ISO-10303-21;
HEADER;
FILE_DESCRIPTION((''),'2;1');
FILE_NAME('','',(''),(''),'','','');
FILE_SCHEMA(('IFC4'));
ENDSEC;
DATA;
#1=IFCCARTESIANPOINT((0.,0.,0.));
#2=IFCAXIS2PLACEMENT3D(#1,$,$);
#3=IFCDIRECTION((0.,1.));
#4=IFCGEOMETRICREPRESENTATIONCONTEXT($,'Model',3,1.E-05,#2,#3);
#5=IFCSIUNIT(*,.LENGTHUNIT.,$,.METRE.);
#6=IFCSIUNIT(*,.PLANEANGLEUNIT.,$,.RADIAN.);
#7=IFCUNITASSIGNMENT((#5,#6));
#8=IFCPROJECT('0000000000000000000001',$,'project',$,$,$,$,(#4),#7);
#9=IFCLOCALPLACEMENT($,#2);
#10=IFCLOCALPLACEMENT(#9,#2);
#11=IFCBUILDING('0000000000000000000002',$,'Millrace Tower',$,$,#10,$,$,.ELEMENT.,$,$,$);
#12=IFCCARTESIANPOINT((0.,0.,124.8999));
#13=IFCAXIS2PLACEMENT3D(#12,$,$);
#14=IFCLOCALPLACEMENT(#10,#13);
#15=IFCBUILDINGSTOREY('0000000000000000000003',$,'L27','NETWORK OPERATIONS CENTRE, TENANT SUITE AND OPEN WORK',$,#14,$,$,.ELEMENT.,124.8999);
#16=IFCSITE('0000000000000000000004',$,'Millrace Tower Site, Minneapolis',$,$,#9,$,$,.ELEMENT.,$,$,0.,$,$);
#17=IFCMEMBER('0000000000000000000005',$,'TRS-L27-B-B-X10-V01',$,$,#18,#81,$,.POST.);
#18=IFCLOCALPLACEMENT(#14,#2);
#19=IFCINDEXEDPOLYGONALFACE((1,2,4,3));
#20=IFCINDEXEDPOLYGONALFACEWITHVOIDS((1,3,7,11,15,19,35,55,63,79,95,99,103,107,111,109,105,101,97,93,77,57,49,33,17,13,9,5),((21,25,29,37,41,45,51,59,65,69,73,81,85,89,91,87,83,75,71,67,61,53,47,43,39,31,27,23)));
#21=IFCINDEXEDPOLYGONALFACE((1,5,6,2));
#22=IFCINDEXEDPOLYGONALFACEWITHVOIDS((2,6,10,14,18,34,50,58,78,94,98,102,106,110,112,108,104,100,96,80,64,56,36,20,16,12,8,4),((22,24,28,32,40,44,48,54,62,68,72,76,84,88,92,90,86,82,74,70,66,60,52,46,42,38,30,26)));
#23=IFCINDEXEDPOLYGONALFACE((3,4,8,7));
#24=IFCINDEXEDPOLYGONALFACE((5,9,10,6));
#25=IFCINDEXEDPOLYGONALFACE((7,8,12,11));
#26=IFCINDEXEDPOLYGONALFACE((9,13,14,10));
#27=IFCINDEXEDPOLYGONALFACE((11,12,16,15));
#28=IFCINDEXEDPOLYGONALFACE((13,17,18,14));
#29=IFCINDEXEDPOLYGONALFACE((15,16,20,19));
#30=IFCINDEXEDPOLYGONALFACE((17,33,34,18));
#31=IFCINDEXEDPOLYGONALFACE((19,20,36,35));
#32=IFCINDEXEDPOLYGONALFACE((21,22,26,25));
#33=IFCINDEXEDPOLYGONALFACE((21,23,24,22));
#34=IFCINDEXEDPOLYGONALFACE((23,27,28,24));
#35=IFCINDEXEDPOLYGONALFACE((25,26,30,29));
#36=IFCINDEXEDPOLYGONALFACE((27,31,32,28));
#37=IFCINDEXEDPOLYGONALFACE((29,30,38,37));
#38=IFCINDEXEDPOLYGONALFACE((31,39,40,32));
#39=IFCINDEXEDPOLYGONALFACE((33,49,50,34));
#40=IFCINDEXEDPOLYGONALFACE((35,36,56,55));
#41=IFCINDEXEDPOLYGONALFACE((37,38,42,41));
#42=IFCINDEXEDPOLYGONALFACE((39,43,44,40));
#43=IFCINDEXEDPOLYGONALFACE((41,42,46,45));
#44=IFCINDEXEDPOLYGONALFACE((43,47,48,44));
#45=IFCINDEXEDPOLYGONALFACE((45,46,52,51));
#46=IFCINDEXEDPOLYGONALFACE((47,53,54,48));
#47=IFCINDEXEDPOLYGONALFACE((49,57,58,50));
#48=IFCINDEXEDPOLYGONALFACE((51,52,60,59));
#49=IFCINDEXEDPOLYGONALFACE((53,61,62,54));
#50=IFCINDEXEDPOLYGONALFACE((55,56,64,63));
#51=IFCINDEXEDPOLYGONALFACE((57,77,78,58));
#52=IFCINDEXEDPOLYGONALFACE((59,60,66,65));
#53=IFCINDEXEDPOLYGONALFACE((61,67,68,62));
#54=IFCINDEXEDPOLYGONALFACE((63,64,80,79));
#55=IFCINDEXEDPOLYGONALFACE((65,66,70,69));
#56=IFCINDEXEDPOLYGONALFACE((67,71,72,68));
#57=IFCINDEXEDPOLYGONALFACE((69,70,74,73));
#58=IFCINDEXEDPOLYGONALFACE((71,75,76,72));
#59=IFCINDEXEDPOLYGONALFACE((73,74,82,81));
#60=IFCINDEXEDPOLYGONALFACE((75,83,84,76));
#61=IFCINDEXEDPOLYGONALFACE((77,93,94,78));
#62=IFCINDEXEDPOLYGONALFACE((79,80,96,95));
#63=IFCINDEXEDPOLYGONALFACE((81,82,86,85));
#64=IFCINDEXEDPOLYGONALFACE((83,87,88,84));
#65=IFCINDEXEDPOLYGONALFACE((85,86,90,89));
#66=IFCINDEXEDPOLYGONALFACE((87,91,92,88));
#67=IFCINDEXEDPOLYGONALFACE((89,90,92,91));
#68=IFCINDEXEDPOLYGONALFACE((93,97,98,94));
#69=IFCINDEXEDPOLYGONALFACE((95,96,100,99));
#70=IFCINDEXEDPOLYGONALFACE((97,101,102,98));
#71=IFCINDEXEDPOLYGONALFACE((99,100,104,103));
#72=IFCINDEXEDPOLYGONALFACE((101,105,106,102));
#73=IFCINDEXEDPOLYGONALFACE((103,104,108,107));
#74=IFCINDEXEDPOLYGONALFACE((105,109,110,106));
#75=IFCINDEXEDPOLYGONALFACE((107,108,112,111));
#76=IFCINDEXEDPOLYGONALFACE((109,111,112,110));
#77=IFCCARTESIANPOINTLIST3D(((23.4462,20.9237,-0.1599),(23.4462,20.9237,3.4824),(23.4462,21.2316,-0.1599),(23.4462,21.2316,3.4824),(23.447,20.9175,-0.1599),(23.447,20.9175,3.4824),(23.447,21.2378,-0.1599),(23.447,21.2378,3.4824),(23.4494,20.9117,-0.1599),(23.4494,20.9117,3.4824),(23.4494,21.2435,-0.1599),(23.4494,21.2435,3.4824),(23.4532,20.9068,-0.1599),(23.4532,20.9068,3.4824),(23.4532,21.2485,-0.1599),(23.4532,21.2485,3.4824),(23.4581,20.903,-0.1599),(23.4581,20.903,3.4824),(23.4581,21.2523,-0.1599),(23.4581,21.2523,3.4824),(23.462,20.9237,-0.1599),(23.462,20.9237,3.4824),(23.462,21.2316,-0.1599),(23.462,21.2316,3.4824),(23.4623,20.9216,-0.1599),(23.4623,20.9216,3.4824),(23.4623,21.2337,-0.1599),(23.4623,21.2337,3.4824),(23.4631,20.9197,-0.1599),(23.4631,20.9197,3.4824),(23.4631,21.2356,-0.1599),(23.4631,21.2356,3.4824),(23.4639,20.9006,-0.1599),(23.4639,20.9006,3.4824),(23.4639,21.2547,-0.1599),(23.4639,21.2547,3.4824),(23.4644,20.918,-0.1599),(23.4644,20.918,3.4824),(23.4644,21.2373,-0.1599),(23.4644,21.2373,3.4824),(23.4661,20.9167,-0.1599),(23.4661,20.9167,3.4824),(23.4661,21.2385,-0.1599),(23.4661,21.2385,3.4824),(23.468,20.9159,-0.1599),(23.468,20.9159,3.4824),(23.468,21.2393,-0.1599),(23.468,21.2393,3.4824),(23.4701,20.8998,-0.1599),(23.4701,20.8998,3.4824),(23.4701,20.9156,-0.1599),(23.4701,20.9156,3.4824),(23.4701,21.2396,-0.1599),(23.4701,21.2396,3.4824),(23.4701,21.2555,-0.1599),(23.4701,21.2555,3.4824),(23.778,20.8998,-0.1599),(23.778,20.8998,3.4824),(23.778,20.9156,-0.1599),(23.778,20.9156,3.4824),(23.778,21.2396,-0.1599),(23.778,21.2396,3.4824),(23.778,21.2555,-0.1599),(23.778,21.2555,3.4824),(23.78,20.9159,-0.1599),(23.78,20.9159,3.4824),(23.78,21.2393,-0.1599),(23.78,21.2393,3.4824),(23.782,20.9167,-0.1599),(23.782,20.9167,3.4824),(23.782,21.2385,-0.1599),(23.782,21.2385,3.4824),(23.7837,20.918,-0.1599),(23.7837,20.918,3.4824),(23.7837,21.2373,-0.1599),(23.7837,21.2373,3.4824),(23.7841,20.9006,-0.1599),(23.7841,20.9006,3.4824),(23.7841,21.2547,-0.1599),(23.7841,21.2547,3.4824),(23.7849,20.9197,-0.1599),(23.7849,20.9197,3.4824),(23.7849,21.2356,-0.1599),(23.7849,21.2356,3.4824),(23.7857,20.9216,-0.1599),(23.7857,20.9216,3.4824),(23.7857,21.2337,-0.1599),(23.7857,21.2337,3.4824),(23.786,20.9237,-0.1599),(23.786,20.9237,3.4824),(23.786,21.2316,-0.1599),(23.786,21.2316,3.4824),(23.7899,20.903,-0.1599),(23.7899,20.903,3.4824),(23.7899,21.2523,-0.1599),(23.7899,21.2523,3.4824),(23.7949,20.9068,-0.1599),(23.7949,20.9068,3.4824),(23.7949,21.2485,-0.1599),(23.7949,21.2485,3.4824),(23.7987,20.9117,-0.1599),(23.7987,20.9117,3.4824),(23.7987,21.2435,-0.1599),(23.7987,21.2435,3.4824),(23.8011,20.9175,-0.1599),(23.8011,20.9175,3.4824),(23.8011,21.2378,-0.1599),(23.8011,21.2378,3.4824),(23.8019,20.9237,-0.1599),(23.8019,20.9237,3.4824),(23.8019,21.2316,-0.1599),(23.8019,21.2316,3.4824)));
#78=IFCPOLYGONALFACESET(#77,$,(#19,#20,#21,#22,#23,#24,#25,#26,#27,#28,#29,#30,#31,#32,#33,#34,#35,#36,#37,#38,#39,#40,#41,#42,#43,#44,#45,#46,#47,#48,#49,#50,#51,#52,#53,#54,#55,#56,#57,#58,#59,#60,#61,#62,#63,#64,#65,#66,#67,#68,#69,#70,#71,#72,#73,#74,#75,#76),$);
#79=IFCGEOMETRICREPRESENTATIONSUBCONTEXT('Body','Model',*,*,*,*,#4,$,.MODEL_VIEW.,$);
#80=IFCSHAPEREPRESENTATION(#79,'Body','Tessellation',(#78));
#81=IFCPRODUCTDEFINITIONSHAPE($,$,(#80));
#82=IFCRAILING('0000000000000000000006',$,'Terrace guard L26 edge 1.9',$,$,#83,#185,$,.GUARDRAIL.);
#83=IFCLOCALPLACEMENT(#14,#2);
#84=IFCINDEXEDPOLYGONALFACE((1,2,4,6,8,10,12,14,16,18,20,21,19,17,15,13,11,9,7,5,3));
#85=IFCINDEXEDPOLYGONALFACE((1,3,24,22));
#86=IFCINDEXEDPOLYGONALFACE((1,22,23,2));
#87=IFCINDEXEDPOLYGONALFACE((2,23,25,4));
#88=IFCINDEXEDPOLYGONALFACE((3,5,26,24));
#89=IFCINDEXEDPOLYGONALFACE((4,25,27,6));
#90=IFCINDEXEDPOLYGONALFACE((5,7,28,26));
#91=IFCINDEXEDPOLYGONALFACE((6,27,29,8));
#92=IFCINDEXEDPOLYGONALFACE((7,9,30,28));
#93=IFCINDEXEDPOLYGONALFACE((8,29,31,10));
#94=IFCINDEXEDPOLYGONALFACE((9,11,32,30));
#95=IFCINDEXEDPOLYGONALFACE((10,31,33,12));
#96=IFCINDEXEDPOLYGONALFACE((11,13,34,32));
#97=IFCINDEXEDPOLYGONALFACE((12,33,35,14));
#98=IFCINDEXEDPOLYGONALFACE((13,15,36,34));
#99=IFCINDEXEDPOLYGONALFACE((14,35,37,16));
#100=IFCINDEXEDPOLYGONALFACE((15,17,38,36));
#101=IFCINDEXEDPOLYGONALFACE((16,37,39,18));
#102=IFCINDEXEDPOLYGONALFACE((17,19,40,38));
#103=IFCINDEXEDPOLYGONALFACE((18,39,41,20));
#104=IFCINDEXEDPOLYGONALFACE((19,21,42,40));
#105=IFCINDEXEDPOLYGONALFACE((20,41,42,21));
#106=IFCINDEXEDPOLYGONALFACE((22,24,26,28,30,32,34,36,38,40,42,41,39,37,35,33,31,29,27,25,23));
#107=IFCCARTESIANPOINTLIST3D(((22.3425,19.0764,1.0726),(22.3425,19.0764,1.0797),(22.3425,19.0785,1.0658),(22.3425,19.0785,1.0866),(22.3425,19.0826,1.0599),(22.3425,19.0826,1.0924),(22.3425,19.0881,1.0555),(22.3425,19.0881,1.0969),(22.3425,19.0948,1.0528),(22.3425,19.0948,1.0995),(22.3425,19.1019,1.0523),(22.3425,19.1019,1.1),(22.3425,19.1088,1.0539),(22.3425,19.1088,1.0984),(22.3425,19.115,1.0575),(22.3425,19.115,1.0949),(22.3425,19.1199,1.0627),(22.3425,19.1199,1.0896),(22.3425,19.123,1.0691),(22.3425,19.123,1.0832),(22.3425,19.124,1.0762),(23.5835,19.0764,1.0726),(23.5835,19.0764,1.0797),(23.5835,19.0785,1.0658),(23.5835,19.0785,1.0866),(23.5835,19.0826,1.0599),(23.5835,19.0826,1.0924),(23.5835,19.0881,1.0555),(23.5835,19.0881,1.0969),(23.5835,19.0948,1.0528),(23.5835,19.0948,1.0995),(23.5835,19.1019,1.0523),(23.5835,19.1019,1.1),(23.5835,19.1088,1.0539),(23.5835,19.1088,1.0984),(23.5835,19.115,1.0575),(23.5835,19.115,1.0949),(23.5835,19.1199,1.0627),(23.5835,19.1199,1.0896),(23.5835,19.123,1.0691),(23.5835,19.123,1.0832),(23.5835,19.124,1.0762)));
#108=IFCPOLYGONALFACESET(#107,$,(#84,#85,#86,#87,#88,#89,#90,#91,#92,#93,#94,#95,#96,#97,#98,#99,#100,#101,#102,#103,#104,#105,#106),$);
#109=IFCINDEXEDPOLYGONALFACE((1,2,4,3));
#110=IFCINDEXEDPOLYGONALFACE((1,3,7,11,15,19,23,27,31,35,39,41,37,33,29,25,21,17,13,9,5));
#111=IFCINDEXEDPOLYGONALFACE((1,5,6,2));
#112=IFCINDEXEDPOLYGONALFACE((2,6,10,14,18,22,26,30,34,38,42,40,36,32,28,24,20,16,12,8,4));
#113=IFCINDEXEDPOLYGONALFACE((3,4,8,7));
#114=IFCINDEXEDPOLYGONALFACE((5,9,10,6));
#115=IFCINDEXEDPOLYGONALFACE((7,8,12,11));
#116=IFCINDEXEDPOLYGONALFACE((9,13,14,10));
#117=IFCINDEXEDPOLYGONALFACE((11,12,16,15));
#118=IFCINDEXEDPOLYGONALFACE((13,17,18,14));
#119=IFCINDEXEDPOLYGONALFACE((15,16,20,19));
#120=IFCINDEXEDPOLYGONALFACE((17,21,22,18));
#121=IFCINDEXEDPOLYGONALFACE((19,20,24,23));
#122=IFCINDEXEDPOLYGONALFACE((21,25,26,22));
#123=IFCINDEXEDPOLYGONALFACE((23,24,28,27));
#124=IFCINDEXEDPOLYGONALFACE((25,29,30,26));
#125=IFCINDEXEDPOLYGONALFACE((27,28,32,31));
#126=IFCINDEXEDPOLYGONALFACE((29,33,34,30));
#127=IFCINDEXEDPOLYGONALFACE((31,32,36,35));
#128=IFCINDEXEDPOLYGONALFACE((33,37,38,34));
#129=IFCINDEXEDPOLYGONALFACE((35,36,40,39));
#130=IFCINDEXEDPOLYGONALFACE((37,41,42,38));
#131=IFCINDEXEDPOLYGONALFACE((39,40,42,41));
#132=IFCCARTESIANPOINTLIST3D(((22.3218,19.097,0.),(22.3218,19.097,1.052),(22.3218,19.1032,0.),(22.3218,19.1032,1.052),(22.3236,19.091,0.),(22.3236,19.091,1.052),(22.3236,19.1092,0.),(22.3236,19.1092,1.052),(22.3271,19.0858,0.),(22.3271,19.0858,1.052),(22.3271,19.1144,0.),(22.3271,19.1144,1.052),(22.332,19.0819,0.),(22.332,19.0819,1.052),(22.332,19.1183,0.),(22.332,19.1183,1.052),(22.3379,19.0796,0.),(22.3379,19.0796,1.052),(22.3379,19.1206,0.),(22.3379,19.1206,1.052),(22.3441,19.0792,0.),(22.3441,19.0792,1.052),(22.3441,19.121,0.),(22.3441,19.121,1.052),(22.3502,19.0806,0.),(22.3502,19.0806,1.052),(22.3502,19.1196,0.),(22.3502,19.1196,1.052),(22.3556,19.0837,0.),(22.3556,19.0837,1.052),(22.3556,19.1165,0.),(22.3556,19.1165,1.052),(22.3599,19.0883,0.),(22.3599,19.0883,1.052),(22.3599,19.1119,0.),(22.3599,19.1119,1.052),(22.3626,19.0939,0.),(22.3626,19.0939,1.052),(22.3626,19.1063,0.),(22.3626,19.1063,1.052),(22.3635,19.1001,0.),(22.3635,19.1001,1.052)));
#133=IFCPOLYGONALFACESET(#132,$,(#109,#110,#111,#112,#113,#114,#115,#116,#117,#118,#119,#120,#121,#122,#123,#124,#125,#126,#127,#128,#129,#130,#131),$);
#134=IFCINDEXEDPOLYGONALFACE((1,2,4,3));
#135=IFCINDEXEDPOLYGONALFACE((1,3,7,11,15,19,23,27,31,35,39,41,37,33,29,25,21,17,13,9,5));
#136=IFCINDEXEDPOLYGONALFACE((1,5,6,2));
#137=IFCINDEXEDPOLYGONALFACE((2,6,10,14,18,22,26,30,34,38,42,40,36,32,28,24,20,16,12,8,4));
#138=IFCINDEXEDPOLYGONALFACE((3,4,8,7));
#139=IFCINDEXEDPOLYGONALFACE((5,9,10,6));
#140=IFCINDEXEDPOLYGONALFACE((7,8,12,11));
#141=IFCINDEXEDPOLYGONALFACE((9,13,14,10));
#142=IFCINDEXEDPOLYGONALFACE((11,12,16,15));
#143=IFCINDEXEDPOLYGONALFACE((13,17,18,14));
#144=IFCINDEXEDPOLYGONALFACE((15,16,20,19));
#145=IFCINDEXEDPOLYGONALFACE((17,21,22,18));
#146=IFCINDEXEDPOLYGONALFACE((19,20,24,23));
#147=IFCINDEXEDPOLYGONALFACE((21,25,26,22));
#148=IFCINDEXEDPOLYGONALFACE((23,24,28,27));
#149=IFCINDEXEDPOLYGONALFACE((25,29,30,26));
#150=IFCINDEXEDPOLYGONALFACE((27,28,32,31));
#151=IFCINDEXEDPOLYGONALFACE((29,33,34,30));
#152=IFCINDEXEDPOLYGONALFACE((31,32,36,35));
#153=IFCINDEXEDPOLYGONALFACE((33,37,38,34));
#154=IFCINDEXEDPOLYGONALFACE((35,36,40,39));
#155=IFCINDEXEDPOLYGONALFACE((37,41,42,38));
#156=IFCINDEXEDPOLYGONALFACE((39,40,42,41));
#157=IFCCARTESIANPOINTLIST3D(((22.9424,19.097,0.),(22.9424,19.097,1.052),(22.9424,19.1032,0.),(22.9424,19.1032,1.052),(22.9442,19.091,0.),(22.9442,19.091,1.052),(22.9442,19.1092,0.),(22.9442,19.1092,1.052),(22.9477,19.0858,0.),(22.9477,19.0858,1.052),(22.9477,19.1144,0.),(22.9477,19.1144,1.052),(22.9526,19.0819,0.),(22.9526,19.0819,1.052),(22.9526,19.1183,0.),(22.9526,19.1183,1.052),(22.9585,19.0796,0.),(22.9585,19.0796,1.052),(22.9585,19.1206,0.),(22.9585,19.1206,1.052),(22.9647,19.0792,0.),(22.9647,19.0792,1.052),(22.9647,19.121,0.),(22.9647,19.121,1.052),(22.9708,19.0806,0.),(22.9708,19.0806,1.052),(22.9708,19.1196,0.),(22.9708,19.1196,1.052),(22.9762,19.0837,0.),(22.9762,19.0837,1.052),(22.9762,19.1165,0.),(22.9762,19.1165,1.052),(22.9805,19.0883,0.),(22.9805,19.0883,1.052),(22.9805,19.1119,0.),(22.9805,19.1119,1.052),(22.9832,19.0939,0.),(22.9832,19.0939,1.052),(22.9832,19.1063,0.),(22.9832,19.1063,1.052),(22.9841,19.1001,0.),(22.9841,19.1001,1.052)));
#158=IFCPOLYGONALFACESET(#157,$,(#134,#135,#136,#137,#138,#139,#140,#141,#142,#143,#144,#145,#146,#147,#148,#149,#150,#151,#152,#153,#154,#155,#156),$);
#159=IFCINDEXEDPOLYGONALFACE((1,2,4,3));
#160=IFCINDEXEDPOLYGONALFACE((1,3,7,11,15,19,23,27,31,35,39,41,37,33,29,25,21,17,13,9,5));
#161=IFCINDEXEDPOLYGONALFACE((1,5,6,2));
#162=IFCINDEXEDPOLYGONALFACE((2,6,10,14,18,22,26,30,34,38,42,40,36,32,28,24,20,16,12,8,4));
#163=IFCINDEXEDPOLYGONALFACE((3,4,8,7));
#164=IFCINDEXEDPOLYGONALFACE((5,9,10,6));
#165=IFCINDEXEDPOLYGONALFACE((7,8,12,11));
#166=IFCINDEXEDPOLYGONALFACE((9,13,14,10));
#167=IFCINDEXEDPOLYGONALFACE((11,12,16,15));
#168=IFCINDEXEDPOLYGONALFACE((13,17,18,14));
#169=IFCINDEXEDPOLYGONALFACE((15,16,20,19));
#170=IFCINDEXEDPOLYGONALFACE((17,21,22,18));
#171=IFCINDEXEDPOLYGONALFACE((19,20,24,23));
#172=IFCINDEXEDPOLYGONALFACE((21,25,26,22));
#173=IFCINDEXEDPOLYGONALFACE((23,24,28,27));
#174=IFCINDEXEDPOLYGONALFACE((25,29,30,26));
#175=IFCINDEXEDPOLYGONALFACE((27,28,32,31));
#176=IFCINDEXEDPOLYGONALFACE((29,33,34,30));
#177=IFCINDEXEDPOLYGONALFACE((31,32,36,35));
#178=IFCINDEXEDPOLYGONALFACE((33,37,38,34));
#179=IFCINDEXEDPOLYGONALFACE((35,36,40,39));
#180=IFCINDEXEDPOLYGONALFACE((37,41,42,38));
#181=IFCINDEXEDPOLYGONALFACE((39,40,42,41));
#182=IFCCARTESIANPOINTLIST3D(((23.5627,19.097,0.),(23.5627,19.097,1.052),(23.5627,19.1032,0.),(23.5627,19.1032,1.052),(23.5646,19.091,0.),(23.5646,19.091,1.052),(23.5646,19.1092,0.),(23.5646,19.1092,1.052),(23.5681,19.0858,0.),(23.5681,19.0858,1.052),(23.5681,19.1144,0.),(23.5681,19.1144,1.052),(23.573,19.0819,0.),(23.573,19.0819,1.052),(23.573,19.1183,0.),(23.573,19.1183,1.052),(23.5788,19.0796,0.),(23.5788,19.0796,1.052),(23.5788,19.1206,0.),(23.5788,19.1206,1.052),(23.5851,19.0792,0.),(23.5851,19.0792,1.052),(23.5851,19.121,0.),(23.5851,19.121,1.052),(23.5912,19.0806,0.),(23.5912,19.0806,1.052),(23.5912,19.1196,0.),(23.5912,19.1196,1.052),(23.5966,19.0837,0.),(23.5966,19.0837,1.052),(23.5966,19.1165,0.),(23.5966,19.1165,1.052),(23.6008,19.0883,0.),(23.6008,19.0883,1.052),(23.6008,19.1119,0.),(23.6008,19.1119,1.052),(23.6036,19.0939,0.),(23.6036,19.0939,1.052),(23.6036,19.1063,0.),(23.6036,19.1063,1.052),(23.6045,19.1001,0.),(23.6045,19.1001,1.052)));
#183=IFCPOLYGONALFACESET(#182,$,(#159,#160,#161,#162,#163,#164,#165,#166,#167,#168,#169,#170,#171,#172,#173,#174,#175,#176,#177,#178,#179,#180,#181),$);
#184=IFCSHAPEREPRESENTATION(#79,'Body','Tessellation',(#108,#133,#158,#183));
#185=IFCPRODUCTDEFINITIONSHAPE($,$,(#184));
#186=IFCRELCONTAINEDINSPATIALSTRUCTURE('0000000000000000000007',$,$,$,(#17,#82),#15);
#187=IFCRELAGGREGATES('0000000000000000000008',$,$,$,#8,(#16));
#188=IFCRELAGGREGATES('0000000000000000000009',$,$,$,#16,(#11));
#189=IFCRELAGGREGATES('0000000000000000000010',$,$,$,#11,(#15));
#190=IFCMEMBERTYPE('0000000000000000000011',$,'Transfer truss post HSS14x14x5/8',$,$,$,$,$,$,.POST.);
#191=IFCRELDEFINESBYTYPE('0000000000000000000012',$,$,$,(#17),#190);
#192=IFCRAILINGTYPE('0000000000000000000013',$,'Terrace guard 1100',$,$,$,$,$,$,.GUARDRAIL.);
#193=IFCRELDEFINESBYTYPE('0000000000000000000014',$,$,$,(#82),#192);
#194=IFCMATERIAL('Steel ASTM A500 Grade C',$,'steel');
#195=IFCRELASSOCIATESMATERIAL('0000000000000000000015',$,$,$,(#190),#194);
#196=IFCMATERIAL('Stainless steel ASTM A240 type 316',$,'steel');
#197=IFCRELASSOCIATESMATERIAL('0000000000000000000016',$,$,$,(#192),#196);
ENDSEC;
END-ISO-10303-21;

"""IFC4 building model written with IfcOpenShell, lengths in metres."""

from ifc_helpers import new_model, si_unit, direction, frame, origin, origin_2d, place, context, subcontext, project, spatial, hollow_rectangle, circle, extrude, material, material_profile, profile_set, type_object, element, save


model = new_model("IFC4")

# Units and contexts
model_context = context("Model", 3, precision=1e-05, world=origin(), true_north=direction((0.0, 1.0)))
body_context = subcontext(model_context, "Body", "Model", "MODEL_VIEW")
ifc_project = project(units=[si_unit("LENGTHUNIT", "METRE"), si_unit("PLANEANGLEUNIT", "RADIAN")], contexts=[model_context])

# Site, building, storey
site_placement = place(None, origin())
site = spatial("IfcSite", under=ifc_project, at=site_placement, Name="Millrace Tower Site, Minneapolis", CompositionType="ELEMENT", RefElevation=0.0)
building_placement = place(site_placement, origin())
building = spatial("IfcBuilding", under=site, at=building_placement, Name="Millrace Tower", CompositionType="ELEMENT")
storey_placement = place(building_placement, frame((0.0, 0.0, 124.8999)))
storey = spatial("IfcBuildingStorey", under=building, at=storey_placement, Name="L27", Description="NETWORK OPERATIONS CENTRE, TENANT SUITE AND OPEN WORK", CompositionType="ELEMENT", Elevation=124.8999)

# Member
ifc_material_1 = material(Name="Steel ASTM A500 Grade C", Category="steel")
ifc_material_profile_1 = material_profile(ifc_material_1, hollow_rectangle(XDim=0.3557, YDim=0.3557, WallThickness=0.0159, InnerFilletRadius=0.0081, OuterFilletRadius=0.0239, at=origin_2d()))
ifc_profile_set_1 = profile_set([ifc_material_profile_1], Name="Steel ASTM A500 Grade C")
member_type_1 = type_object("IfcMemberType", Name="Transfer truss post HSS14x14x5/8", PredefinedType="POST", material=ifc_profile_set_1)
for number, where, z_axis, x_axis, name in (
    (1, (23.624, 21.0776, -0.1599), (0.0, 0.0, 1.0), (1.0, 0.0, 0.0), "TRS-L27-B-B-X10-V01"),
):
    element("IfcMember", number, at=place(storey_placement, frame(where, z_axis=z_axis, x_axis=x_axis)), inside=storey, type_object=member_type_1, Name=name, PredefinedType="POST", context=body_context, shape_type="SweptSolid", body=[
        extrude(hollow_rectangle(XDim=0.3557, YDim=0.3557, WallThickness=0.0159, InnerFilletRadius=0.0081, OuterFilletRadius=0.0239, at=origin_2d()), origin(), (0.0, 0.0, 1.0), 3.6423),
    ])

# Railing
ifc_material_2 = material(Name="Stainless steel ASTM A240 type 316", Category="steel")
railing_type = type_object("IfcRailingType", Name="Terrace guard 1100", PredefinedType="GUARDRAIL", material=ifc_material_2)
railing_1_placement = place(storey_placement, frame((22.3425, 19.1001, 0.0)))
element("IfcRailing", 2, at=railing_1_placement, inside=storey, type_object=railing_type, Name="Terrace guard L26 edge 1.9", PredefinedType="GUARDRAIL", context=body_context, shape_type="SweptSolid", body=[
    extrude(circle(Radius=0.0239, at=origin_2d()), frame((0.0, 0.0, 1.0762), z_axis=(1.0, 0.0, 0.0), x_axis=(0.0, 1.0, 0.0)), (0.0, 0.0, 1.0), 1.241),
    extrude(circle(Radius=0.021, at=origin_2d()), origin(), (0.0, 0.0, 1.0), 1.052),
    extrude(circle(Radius=0.021, at=origin_2d()), frame((0.6206, 0.0, 0.0)), (0.0, 0.0, 1.0), 1.052),
    extrude(circle(Radius=0.021, at=origin_2d()), frame((1.241, 0.0, 0.0)), (0.0, 0.0, 1.0), 1.052),
])

save(model, "model.ifc")
